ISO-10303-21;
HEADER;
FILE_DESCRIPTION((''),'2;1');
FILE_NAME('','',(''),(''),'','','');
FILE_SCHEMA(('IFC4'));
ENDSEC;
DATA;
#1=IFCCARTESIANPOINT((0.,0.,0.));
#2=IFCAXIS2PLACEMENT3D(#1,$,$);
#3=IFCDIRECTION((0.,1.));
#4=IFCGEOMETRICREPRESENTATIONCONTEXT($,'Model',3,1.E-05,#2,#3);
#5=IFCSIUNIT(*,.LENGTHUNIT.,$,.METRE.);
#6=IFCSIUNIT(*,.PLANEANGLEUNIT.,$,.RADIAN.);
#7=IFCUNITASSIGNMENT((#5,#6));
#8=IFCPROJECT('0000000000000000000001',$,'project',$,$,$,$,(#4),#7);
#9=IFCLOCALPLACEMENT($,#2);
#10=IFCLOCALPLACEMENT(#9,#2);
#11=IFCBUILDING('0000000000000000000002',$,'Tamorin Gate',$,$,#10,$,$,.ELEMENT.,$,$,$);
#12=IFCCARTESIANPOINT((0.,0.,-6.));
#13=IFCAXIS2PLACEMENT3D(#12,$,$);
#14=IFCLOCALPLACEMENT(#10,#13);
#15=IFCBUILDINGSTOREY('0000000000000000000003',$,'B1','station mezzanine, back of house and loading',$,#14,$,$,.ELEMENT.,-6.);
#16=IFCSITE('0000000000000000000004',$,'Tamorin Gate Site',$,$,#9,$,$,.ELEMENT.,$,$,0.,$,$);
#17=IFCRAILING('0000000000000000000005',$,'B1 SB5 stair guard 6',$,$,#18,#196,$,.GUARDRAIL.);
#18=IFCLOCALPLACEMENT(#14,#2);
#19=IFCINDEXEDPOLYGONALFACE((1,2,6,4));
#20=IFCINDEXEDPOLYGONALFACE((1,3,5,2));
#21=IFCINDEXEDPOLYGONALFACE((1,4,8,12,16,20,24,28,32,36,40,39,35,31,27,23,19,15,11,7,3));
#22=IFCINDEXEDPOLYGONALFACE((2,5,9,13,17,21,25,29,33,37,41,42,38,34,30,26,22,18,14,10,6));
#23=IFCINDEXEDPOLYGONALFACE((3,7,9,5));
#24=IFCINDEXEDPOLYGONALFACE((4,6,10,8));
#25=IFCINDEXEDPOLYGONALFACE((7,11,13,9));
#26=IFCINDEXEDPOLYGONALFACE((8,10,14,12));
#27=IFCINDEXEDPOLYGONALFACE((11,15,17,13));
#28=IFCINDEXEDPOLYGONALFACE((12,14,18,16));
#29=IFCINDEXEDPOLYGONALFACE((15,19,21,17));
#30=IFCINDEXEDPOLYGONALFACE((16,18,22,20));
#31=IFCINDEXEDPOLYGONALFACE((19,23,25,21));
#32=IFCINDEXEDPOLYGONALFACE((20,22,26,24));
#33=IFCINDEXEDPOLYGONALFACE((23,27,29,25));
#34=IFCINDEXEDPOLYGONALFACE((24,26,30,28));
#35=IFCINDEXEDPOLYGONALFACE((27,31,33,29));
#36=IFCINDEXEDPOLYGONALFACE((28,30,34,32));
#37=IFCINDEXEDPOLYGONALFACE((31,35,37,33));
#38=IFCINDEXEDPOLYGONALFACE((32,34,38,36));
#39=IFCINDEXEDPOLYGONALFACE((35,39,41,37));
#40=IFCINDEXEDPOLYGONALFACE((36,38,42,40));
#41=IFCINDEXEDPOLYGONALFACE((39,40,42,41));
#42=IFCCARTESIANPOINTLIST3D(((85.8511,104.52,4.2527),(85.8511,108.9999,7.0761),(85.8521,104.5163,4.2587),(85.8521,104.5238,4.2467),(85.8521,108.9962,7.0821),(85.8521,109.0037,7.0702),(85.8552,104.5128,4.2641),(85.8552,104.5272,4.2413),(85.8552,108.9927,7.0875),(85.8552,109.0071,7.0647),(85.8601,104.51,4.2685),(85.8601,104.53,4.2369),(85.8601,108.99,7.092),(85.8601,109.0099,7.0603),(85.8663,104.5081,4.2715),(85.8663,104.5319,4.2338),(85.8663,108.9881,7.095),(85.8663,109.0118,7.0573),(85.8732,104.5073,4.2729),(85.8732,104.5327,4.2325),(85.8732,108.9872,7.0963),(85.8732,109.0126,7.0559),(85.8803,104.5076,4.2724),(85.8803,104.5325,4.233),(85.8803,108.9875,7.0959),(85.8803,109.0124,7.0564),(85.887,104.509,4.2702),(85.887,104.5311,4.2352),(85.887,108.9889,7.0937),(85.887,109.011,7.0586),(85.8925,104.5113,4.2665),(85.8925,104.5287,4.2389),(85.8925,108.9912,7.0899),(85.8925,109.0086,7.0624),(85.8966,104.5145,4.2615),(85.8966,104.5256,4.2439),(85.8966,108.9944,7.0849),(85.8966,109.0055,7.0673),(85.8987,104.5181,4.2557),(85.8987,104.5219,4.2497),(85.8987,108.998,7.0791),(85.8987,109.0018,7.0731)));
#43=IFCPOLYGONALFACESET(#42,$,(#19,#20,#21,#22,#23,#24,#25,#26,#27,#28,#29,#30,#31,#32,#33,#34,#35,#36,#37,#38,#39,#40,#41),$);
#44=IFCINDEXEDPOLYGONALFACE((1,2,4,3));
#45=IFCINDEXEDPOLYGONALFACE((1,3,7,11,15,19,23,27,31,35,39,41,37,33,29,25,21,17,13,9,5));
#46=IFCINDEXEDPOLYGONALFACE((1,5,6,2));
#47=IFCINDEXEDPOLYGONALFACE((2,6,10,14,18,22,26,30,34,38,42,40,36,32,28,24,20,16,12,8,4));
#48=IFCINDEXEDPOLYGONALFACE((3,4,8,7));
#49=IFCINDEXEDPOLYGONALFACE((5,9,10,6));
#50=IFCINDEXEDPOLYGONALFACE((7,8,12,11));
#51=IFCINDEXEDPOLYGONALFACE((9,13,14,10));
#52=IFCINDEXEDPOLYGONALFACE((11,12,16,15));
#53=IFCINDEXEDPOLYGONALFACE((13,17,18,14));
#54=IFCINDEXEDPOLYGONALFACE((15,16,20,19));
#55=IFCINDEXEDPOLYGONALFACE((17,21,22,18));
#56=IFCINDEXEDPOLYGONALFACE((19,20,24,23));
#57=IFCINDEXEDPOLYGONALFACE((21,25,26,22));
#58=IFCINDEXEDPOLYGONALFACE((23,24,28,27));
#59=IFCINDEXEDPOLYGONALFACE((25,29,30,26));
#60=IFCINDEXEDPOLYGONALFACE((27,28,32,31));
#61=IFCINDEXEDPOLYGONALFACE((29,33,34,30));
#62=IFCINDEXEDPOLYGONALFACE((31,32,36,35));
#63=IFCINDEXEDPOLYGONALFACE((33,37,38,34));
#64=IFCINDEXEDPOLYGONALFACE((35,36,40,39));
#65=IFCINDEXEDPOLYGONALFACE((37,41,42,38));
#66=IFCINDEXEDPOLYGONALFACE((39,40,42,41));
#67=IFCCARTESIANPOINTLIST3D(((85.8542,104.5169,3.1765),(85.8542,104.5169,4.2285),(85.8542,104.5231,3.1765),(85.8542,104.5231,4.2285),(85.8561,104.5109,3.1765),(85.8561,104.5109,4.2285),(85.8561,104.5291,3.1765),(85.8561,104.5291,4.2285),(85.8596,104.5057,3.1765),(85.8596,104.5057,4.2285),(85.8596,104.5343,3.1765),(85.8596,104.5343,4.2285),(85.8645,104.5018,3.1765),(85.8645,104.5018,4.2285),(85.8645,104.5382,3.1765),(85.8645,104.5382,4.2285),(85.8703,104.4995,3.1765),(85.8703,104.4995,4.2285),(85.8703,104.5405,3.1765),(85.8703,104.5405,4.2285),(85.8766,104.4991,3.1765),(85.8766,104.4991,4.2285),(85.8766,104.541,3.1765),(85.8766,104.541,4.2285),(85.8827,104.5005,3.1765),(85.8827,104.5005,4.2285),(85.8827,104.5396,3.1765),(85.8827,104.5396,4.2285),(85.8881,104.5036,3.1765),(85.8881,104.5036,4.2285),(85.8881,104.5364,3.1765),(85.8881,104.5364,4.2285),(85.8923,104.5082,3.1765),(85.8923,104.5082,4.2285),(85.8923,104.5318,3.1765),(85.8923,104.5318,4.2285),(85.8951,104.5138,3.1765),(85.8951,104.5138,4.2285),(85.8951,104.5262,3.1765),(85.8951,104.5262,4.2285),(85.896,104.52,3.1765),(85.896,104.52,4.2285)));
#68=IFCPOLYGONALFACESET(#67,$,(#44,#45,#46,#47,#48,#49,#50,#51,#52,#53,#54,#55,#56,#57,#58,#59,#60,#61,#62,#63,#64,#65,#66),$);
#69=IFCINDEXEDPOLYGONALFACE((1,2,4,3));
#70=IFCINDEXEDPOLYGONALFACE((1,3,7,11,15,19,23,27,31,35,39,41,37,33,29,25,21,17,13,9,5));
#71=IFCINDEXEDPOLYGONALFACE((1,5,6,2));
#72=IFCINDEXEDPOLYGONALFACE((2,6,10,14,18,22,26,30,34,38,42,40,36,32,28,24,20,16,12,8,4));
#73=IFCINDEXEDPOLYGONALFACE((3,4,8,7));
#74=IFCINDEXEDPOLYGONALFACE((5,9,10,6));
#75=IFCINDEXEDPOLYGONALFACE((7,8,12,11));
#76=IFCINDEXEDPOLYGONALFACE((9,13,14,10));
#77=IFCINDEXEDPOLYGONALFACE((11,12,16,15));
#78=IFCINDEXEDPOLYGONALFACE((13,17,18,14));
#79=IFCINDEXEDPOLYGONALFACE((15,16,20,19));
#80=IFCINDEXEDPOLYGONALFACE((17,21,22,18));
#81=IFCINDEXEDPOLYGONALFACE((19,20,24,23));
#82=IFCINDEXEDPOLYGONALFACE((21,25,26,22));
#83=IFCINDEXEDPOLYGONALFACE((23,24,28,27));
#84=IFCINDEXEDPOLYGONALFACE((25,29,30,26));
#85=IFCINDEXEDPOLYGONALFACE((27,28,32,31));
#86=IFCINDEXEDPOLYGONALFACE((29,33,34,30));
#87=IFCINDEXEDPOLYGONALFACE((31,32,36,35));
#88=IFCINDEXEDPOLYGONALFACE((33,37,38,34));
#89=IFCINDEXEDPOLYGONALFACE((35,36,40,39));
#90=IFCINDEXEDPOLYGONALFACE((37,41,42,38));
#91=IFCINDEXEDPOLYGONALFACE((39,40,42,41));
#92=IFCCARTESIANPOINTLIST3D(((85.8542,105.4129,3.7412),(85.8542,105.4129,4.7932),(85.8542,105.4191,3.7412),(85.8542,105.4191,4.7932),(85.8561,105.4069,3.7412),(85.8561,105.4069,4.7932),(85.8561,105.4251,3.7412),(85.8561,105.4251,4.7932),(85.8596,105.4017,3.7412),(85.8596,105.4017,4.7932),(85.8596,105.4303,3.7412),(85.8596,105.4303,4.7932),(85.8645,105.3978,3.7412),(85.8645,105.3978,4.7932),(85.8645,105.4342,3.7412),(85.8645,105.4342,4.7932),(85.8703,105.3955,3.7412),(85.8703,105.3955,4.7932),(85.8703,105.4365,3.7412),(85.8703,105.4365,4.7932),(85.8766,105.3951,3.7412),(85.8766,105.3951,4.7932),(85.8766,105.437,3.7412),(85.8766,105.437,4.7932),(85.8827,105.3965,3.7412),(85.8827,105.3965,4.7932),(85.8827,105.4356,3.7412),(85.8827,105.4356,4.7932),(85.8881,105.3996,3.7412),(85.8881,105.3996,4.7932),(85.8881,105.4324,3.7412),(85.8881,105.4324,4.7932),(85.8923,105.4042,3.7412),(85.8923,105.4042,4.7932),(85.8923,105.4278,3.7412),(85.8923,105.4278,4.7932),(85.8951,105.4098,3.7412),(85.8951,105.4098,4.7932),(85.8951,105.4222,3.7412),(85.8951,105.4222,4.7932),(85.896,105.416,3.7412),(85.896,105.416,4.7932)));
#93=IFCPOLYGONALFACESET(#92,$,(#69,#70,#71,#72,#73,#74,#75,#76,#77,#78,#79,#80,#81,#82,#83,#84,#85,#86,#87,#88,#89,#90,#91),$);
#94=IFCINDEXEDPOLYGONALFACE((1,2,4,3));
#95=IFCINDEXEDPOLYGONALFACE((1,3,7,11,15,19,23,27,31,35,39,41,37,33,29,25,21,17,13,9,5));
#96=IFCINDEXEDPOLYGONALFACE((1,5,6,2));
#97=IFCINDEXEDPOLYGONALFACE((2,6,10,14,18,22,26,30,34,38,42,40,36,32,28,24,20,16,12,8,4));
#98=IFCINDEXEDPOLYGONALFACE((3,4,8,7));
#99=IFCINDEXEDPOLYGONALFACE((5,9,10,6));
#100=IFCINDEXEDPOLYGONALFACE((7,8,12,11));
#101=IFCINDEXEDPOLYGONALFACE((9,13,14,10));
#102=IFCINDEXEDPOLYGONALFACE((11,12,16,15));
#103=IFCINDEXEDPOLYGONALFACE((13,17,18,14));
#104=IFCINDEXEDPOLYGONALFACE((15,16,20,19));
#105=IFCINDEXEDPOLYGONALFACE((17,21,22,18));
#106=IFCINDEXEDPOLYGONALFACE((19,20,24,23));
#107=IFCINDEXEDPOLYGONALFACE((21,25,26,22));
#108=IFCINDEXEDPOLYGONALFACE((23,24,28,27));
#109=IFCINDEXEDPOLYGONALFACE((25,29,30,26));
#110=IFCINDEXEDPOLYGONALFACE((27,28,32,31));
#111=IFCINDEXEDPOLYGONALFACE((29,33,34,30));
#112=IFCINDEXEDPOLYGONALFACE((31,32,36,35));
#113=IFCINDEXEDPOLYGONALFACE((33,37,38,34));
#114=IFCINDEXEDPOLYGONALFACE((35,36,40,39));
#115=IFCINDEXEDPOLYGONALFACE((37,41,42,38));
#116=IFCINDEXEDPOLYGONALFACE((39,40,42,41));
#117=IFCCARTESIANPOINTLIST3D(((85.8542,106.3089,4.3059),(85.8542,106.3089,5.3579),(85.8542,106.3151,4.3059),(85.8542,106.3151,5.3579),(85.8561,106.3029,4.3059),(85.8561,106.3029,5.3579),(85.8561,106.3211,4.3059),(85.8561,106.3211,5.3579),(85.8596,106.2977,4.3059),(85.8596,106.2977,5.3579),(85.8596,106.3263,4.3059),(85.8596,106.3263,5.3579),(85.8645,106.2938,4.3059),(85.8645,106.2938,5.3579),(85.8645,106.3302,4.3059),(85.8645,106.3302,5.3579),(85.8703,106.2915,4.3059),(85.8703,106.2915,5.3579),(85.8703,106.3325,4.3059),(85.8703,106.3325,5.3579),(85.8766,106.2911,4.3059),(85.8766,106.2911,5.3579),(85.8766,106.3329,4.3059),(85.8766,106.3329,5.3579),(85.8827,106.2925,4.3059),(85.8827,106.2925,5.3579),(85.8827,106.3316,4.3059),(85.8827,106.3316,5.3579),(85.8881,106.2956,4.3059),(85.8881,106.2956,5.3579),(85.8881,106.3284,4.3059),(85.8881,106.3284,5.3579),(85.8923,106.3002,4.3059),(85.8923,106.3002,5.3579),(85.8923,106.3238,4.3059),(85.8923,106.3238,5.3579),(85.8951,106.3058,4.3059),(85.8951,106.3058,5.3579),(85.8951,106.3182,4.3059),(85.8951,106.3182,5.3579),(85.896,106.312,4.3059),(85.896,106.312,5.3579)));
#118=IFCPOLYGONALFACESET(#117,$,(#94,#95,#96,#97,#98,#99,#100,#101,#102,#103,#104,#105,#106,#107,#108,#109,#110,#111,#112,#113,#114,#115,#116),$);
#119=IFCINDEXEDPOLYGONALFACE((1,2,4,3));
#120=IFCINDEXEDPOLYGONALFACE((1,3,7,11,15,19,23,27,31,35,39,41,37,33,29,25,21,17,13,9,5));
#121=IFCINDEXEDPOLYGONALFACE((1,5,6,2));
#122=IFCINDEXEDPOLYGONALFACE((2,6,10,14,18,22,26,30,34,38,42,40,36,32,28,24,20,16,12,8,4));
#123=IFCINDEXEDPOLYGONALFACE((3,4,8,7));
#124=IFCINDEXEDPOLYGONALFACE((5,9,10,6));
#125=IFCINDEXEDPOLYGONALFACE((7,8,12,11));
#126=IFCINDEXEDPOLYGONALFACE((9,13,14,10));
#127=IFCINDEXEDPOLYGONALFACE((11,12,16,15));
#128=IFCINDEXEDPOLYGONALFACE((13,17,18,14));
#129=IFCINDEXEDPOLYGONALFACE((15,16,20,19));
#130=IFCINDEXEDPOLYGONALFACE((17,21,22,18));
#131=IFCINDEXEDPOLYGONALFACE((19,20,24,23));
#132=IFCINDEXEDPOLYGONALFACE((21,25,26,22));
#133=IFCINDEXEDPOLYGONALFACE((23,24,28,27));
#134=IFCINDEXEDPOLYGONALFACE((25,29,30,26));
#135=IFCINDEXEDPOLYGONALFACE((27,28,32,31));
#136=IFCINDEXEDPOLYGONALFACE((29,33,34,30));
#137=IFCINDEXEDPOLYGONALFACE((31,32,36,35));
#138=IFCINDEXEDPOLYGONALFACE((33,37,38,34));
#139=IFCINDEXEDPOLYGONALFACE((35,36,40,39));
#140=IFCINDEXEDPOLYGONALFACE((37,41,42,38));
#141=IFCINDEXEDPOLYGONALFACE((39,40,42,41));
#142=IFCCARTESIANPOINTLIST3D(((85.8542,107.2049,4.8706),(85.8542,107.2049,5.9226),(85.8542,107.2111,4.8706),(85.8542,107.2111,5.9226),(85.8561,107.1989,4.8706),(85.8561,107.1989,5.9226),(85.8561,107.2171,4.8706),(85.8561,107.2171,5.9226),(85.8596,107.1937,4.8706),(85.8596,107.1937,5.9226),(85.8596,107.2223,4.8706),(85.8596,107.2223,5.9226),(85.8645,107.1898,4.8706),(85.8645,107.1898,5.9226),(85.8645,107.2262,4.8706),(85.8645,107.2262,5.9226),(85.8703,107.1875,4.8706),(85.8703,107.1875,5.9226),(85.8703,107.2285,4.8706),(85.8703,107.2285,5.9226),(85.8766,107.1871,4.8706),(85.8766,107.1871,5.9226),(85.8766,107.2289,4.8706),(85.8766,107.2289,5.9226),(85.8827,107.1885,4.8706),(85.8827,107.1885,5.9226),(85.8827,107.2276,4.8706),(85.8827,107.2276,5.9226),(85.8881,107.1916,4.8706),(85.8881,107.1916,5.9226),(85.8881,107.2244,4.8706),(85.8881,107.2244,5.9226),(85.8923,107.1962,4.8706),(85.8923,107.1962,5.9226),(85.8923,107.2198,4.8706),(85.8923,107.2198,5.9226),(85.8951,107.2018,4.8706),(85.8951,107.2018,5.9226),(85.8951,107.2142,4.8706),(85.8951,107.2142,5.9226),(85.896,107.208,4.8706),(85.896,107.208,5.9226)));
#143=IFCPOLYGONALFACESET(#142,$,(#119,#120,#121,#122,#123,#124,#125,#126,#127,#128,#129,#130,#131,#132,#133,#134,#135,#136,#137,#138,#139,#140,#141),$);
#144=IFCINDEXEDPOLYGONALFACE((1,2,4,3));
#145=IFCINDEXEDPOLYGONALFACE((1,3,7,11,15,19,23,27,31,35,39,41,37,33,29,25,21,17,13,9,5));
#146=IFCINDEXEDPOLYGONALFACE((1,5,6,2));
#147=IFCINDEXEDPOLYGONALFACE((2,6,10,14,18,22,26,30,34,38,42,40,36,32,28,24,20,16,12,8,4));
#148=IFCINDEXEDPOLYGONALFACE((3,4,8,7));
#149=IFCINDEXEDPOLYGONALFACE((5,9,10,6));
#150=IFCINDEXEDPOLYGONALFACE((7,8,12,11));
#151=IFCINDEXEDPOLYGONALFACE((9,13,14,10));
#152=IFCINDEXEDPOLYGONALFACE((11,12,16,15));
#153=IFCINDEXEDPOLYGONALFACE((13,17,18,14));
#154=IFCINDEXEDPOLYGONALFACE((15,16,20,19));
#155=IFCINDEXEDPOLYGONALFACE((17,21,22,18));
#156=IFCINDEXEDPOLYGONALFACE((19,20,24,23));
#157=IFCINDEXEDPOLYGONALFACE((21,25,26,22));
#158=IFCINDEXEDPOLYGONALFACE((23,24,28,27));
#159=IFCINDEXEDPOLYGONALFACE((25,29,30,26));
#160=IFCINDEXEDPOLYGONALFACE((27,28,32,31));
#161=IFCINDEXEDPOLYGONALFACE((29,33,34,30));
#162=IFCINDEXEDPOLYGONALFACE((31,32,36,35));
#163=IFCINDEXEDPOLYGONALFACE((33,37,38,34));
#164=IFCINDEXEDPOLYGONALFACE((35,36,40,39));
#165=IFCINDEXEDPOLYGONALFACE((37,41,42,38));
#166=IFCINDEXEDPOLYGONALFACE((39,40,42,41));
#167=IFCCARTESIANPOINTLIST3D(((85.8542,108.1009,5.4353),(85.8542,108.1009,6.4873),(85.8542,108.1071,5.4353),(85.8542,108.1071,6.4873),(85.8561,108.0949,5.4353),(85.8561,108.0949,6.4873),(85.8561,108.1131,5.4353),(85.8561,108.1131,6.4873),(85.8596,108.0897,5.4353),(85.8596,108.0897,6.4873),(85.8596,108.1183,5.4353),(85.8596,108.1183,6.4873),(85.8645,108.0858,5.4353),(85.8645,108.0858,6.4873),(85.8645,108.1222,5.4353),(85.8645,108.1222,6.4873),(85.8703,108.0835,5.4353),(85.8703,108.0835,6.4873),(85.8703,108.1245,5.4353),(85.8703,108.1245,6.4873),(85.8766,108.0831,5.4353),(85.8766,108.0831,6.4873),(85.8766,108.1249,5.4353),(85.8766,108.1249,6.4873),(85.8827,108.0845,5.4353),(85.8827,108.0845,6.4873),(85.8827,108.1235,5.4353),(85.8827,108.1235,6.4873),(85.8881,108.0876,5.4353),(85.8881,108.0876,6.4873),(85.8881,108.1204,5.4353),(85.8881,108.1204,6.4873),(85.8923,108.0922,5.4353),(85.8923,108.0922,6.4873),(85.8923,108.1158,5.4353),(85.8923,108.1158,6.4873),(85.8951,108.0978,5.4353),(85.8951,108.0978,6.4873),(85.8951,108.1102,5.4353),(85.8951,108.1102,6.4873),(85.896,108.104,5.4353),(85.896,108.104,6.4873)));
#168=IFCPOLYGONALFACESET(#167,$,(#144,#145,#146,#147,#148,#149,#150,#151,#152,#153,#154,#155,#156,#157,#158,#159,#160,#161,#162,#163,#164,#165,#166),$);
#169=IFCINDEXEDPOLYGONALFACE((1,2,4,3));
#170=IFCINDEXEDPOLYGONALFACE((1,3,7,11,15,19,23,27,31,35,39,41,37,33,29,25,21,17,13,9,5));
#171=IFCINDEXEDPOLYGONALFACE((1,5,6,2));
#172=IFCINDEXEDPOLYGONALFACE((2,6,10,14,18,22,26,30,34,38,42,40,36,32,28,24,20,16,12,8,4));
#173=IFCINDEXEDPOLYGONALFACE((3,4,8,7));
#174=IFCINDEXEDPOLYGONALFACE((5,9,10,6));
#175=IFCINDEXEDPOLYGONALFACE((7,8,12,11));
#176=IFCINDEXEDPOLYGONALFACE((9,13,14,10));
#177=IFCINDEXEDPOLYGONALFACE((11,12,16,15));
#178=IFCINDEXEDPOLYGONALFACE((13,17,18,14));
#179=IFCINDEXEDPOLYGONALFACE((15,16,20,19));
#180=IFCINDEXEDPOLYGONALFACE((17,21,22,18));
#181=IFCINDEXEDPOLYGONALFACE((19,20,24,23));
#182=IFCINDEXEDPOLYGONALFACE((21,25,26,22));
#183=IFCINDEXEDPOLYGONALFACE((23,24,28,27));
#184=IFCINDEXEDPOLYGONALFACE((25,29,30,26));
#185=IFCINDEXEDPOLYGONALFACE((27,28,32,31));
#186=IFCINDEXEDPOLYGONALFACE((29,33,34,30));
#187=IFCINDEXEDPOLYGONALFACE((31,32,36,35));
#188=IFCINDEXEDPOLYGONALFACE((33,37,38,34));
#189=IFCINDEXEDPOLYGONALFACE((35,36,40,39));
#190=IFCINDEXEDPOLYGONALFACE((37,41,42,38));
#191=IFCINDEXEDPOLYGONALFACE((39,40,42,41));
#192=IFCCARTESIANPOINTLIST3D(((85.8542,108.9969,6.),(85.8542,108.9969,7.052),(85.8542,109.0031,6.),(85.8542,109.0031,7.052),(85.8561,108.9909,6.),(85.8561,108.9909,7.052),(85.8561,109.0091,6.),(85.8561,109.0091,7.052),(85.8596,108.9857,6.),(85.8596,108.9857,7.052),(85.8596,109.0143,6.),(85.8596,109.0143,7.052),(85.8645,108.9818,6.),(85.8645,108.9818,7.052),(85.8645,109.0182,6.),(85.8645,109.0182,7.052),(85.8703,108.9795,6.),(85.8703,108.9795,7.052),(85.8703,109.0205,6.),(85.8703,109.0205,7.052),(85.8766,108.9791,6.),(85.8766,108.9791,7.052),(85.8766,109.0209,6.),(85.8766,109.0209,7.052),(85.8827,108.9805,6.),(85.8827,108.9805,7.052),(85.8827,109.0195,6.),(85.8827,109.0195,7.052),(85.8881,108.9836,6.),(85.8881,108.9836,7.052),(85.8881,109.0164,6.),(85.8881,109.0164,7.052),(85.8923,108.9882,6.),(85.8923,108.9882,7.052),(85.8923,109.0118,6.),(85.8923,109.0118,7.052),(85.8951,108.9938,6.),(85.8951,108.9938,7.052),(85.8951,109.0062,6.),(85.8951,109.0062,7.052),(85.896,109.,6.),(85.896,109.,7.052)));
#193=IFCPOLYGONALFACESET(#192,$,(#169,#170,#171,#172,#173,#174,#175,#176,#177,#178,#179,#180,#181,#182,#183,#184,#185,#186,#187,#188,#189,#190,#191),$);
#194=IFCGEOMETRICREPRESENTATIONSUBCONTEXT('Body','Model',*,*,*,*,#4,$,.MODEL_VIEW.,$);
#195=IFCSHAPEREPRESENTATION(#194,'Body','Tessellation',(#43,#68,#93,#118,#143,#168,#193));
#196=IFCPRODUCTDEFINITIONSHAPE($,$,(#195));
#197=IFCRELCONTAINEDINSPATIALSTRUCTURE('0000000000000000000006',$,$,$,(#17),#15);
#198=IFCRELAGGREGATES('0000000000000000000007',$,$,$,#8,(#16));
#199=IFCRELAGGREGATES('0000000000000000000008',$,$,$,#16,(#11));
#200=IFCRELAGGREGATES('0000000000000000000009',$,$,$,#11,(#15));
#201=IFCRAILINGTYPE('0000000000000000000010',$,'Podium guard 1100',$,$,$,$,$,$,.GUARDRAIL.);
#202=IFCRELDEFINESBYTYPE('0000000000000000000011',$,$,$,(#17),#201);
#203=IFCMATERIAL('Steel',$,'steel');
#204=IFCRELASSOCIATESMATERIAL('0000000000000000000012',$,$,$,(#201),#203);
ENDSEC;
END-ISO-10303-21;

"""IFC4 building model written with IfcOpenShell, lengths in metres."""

from ifc_helpers import new_model, si_unit, direction, frame, origin, origin_2d, place, context, subcontext, project, spatial, circle, extrude, material, type_object, element, save


model = new_model("IFC4")

# Units and contexts
model_context = context("Model", 3, precision=1e-05, world=origin(), true_north=direction((0.0, 1.0)))
body_context = subcontext(model_context, "Body", "Model", "MODEL_VIEW")
ifc_project = project(units=[si_unit("LENGTHUNIT", "METRE"), si_unit("PLANEANGLEUNIT", "RADIAN")], contexts=[model_context])

# Site, building, storey
site_placement = place(None, origin())
site = spatial("IfcSite", under=ifc_project, at=site_placement, Name="Tamorin Gate Site", CompositionType="ELEMENT", RefElevation=0.0)
building_placement = place(site_placement, origin())
building = spatial("IfcBuilding", under=site, at=building_placement, Name="Tamorin Gate", CompositionType="ELEMENT")
storey_placement = place(building_placement, frame((0.0, 0.0, -6.0)))
storey = spatial("IfcBuildingStorey", under=building, at=storey_placement, Name="B1", Description="station mezzanine, back of house and loading", CompositionType="ELEMENT", Elevation=-6.0)

# Railing
ifc_material_1 = material(Name="Steel", Category="steel")
railing_type_1 = type_object("IfcRailingType", Name="Podium guard 1100", PredefinedType="GUARDRAIL", material=ifc_material_1)
railing_1_placement = place(storey_placement, frame((85.875, 104.52, 3.1765)))
element("IfcRailing", 1, at=railing_1_placement, inside=storey, type_object=railing_type_1, Name="B1 SB5 stair guard 6", PredefinedType="GUARDRAIL", context=body_context, shape_type="SweptSolid", body=[
    extrude(circle(Radius=0.0239, at=origin_2d()), frame((0.0, 0.0, 1.0762), z_axis=(0.0, 0.845998, 0.533186), x_axis=(-1.0, 0.0, 0.0)), (0.0, 0.0, 1.0), 5.2954),
    extrude(circle(Radius=0.021, at=origin_2d()), origin(), (0.0, 0.0, 1.0), 1.052),
    extrude(circle(Radius=0.021, at=origin_2d()), frame((0.0, 0.896, 0.5647)), (0.0, 0.0, 1.0), 1.052),
    extrude(circle(Radius=0.021, at=origin_2d()), frame((0.0, 1.792, 1.1294)), (0.0, 0.0, 1.0), 1.052),
    extrude(circle(Radius=0.021, at=origin_2d()), frame((0.0, 2.688, 1.6941)), (0.0, 0.0, 1.0), 1.052),
    extrude(circle(Radius=0.021, at=origin_2d()), frame((0.0, 3.584, 2.2588)), (0.0, 0.0, 1.0), 1.052),
    extrude(circle(Radius=0.021, at=origin_2d()), frame((0.0, 4.48, 2.8235)), (0.0, 0.0, 1.0), 1.052),
])

save(model, "model.ifc")
